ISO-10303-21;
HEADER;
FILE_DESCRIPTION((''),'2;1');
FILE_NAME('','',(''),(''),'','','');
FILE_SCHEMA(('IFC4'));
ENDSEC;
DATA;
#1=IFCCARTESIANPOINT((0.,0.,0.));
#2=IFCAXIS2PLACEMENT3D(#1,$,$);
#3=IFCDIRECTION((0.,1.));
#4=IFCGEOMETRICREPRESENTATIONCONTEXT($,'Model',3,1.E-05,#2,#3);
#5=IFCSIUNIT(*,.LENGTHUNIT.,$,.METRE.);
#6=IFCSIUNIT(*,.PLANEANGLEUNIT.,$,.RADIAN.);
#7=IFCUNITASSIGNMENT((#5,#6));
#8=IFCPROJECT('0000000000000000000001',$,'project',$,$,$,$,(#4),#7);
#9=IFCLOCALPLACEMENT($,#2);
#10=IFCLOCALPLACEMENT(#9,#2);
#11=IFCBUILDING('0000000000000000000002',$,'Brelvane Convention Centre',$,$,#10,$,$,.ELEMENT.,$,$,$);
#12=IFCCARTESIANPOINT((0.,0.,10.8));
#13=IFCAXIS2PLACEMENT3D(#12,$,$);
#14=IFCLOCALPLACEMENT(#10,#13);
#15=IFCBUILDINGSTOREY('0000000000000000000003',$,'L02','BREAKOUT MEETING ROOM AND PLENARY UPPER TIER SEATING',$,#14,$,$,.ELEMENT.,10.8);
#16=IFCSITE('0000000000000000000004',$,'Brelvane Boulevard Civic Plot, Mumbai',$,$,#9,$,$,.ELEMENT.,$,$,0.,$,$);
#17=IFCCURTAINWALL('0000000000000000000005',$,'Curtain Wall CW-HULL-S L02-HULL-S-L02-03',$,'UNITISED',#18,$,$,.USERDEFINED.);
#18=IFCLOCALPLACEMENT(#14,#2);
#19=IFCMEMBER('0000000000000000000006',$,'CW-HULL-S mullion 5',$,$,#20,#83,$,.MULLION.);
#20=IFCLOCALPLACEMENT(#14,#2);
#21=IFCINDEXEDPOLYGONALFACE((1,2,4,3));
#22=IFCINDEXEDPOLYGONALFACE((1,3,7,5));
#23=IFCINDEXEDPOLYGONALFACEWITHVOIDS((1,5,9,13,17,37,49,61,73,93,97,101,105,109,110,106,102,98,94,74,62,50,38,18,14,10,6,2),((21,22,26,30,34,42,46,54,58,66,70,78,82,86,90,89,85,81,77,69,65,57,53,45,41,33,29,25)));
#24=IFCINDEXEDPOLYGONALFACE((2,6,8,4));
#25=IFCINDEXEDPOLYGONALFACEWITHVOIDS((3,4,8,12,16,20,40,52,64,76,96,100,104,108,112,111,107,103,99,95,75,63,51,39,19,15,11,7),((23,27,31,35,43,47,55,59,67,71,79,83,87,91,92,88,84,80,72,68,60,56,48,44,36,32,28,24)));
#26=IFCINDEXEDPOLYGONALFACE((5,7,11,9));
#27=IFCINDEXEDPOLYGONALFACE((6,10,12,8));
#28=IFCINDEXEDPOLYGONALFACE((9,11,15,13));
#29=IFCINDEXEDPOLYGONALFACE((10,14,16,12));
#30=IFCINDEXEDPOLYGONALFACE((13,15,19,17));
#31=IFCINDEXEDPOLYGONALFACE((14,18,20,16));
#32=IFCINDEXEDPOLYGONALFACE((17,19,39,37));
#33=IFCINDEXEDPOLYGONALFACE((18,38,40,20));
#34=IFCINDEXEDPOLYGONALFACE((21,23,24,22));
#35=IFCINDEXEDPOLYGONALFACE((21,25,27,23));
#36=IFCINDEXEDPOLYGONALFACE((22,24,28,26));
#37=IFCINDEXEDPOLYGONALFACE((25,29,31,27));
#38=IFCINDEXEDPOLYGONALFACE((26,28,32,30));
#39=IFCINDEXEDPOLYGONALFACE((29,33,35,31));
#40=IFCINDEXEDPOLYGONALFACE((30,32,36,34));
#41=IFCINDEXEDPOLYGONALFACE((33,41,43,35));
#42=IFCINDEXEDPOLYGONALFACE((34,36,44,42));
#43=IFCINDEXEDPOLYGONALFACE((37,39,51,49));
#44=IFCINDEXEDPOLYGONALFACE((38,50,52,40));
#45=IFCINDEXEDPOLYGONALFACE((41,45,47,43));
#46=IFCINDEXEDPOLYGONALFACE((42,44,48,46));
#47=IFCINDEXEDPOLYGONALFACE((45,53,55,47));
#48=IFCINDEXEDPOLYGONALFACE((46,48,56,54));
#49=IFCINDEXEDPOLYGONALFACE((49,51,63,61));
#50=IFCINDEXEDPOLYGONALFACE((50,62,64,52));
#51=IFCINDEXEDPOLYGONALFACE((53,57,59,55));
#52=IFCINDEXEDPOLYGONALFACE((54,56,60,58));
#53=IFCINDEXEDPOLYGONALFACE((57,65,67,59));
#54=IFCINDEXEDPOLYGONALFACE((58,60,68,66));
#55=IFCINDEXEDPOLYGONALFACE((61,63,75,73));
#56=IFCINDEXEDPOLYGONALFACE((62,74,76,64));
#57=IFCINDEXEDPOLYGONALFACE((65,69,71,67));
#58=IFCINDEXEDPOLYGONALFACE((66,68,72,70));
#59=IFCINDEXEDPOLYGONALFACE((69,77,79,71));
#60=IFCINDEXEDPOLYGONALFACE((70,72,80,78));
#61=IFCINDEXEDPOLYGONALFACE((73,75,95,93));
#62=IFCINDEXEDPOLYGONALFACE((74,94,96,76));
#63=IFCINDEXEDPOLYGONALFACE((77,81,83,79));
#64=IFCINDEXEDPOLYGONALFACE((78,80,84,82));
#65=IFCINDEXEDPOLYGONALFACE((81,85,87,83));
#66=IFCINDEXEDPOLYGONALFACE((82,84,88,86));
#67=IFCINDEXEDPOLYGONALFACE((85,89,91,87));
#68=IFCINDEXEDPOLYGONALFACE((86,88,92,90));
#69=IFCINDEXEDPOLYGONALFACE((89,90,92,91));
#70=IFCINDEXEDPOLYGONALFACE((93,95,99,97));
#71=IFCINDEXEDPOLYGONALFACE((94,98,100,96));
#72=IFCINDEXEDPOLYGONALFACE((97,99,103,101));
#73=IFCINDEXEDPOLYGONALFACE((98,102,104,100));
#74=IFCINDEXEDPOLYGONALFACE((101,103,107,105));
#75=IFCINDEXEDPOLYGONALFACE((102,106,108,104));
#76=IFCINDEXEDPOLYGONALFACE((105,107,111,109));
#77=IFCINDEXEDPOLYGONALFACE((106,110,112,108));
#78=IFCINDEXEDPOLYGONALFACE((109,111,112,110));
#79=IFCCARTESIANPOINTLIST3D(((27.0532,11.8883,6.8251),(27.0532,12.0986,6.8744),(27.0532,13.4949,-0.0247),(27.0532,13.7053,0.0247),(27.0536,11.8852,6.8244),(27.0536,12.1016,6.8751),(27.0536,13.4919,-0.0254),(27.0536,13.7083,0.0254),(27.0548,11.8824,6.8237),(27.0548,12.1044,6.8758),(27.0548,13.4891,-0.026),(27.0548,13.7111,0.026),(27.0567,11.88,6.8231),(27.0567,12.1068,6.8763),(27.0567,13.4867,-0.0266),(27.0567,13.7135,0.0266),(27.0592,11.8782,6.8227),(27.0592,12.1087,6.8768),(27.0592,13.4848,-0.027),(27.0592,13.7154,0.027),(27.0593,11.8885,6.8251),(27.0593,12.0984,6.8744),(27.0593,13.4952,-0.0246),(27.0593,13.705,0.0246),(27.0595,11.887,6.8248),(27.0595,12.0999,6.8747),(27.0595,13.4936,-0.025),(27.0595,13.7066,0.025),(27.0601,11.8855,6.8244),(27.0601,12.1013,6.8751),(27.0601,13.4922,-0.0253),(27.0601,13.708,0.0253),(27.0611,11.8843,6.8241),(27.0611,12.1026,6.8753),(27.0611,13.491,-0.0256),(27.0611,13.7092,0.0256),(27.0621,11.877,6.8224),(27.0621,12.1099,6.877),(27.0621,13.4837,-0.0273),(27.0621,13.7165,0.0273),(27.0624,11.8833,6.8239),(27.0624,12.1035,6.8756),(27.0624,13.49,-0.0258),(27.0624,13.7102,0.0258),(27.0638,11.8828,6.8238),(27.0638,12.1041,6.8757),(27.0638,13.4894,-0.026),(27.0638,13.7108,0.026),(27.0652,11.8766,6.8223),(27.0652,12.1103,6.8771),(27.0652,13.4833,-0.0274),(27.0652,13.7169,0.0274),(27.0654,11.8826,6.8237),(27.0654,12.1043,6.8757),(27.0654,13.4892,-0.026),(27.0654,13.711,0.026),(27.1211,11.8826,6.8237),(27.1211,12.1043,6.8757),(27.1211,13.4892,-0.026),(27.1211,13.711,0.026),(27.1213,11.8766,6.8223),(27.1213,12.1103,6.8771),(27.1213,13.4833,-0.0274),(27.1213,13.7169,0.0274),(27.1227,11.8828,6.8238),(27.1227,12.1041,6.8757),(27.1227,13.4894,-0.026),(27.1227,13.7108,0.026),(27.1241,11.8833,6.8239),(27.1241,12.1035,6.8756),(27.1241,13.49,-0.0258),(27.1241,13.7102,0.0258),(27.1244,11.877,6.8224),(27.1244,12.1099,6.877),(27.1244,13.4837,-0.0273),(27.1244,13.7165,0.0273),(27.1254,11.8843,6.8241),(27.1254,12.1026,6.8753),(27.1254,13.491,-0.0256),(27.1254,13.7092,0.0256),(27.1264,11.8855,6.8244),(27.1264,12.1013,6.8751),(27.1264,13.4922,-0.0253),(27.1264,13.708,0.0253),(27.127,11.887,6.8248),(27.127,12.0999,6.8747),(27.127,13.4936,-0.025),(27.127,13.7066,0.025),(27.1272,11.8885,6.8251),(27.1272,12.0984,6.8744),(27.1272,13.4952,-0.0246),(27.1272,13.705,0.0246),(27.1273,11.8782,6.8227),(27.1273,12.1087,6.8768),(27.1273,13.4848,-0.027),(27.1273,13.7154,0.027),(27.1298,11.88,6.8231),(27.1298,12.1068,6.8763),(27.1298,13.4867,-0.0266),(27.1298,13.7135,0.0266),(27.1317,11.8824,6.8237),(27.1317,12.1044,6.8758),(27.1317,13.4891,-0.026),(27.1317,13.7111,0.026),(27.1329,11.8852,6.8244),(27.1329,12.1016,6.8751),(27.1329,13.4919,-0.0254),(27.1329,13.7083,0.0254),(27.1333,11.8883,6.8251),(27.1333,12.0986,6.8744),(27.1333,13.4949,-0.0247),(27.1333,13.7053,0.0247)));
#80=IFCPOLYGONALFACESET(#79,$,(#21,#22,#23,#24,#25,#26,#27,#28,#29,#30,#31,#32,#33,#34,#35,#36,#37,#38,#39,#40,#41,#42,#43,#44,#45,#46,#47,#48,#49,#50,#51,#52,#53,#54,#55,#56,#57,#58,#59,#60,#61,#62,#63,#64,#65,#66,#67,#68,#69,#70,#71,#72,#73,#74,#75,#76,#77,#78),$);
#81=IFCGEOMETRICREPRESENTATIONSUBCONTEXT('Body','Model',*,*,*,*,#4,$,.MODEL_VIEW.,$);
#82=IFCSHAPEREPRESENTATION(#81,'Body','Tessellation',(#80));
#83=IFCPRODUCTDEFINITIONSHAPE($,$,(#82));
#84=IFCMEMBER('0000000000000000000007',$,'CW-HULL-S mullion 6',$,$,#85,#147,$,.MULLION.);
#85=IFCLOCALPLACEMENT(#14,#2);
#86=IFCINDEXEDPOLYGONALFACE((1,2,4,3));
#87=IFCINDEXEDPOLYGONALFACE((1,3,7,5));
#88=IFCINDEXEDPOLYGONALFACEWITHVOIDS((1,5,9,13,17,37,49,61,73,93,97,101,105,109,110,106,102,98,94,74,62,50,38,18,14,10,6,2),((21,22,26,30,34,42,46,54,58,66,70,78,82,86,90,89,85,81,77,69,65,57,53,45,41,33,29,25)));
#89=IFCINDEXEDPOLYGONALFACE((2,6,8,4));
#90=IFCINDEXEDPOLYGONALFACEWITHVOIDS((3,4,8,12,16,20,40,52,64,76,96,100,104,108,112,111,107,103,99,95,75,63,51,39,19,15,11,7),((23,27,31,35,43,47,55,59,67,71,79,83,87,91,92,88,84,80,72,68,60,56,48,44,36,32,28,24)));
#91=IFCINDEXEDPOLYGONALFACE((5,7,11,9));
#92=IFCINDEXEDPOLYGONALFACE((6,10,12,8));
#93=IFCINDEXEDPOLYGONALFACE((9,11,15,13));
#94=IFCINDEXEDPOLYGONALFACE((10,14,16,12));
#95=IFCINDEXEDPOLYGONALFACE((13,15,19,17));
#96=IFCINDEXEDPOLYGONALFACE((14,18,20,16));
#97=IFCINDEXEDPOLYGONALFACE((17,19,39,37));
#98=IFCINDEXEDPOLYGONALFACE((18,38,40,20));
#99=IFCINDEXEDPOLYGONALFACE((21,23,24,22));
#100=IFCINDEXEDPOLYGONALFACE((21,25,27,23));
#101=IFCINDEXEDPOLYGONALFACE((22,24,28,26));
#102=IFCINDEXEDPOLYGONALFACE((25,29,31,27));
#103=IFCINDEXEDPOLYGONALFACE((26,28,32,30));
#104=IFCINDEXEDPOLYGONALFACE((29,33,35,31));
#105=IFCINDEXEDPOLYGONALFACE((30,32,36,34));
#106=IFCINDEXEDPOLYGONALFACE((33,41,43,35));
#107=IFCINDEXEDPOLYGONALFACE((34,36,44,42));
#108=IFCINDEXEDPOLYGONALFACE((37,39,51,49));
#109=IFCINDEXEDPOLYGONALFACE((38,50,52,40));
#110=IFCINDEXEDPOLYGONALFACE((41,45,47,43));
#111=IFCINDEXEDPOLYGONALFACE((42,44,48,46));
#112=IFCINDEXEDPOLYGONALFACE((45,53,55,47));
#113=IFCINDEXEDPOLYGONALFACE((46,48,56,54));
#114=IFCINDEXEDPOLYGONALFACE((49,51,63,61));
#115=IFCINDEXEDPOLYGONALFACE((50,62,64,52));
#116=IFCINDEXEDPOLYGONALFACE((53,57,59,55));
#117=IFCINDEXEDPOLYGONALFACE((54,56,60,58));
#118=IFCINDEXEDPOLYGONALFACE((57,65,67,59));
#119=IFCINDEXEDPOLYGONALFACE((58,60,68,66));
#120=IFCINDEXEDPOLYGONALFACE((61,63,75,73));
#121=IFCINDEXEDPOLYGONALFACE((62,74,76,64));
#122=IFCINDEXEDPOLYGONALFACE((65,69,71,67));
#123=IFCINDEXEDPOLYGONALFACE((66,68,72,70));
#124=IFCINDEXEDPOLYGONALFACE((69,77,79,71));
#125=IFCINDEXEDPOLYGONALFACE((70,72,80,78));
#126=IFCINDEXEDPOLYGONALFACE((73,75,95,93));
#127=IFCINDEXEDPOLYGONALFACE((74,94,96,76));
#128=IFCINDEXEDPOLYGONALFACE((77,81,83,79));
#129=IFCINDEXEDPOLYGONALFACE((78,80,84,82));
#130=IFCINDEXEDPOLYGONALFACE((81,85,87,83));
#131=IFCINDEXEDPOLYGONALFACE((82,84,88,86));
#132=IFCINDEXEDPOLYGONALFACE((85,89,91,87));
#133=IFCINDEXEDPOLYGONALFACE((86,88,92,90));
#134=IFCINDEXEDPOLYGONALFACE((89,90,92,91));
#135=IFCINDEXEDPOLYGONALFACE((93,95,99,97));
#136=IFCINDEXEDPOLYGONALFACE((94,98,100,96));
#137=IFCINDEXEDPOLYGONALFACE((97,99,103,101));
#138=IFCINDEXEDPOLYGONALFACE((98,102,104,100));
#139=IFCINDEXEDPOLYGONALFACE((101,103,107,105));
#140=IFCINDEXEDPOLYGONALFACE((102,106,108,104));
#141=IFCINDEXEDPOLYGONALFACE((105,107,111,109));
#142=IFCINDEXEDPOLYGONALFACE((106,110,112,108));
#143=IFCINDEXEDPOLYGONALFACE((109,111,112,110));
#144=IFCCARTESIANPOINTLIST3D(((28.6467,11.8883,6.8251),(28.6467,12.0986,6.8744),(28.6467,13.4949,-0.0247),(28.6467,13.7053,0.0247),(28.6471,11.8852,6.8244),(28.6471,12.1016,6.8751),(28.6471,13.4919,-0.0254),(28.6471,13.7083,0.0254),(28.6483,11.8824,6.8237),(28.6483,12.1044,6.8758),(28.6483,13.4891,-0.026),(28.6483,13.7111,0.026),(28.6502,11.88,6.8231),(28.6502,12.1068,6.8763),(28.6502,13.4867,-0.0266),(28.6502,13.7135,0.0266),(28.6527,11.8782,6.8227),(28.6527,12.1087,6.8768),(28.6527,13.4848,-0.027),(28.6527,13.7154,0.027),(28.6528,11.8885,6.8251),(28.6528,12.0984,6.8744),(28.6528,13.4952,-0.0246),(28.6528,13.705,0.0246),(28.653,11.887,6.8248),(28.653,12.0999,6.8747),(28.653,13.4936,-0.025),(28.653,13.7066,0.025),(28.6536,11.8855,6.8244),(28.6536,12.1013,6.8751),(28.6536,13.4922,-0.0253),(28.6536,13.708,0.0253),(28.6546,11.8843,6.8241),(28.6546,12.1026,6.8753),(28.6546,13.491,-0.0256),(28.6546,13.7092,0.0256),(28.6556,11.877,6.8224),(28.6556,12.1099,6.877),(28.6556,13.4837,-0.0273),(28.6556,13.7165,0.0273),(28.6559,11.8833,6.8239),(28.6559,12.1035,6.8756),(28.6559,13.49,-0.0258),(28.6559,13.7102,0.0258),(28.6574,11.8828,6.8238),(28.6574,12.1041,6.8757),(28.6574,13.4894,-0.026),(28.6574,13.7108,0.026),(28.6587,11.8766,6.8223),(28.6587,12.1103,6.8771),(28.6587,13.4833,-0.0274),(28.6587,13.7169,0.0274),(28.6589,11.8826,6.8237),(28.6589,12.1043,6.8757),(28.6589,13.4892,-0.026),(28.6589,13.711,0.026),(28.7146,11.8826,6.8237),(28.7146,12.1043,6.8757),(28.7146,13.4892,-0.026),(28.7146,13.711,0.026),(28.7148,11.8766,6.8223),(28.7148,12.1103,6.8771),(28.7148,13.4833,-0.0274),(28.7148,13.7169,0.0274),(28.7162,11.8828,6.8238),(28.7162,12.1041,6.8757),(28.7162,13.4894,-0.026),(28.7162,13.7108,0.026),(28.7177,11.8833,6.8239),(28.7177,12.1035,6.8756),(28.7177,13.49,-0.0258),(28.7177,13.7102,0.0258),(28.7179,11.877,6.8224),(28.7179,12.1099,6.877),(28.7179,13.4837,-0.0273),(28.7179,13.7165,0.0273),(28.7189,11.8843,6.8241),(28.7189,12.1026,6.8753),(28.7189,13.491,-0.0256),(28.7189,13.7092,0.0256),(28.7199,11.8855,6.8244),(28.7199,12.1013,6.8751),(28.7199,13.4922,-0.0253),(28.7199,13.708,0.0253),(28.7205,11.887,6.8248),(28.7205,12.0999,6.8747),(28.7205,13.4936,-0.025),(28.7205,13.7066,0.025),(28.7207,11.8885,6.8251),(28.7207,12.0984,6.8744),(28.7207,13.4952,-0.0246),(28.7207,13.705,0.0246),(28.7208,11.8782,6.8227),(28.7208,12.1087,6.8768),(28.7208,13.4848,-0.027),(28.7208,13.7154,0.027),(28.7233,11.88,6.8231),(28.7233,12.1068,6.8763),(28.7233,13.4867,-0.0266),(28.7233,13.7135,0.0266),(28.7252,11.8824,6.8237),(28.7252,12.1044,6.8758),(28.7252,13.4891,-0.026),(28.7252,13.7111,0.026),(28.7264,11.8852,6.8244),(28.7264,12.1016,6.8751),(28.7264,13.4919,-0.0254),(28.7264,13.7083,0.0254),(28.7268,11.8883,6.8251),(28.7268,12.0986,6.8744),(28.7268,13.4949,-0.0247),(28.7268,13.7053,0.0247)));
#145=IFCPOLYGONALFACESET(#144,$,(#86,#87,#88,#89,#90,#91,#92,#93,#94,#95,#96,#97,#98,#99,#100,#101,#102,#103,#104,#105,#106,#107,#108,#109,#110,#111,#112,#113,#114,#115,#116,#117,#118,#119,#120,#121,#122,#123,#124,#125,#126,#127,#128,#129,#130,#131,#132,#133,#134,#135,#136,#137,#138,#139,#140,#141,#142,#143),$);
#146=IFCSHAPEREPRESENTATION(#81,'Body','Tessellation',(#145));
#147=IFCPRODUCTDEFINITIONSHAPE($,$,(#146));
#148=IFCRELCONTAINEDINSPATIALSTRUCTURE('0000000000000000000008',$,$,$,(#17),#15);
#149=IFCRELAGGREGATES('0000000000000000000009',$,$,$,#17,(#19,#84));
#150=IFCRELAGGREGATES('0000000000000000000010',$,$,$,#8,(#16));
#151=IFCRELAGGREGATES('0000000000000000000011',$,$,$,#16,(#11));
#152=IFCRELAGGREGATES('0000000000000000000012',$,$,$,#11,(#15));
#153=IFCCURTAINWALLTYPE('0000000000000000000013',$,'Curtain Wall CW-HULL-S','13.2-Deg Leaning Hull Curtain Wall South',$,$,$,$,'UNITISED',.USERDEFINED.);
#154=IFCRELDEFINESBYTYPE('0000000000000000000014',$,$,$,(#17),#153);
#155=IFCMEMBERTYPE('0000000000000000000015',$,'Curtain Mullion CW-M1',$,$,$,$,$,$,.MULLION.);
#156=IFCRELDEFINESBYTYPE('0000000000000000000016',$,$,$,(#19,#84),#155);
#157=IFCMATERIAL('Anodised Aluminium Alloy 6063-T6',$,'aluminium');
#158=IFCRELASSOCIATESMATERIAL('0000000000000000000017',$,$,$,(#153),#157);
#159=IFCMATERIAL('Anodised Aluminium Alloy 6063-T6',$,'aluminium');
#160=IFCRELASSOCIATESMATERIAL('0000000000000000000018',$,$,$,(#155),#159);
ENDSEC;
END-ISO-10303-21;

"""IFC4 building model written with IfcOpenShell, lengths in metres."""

from ifc_helpers import new_model, si_unit, direction, frame, origin, origin_2d, place, context, subcontext, project, spatial, hollow_rectangle, extrude, material, material_profile, profile_set, type_object, element, aggregate, save


model = new_model("IFC4")

# Units and contexts
model_context = context("Model", 3, precision=1e-05, world=origin(), true_north=direction((0.0, 1.0)))
body_context = subcontext(model_context, "Body", "Model", "MODEL_VIEW")
ifc_project = project(units=[si_unit("LENGTHUNIT", "METRE"), si_unit("PLANEANGLEUNIT", "RADIAN")], contexts=[model_context])

# Site, building, storey
site_placement = place(None, origin())
site = spatial("IfcSite", under=ifc_project, at=site_placement, Name="Brelvane Boulevard Civic Plot, Mumbai", CompositionType="ELEMENT", RefElevation=0.0)
building_placement = place(site_placement, origin())
building = spatial("IfcBuilding", under=site, at=building_placement, Name="Brelvane Convention Centre", CompositionType="ELEMENT")
storey_placement = place(building_placement, frame((0.0, 0.0, 10.8)))
storey = spatial("IfcBuildingStorey", under=building, at=storey_placement, Name="L02", Description="BREAKOUT MEETING ROOM AND PLENARY UPPER TIER SEATING", CompositionType="ELEMENT", Elevation=10.8)

# Shared definitions
ifc_material_1 = material(Name="Anodised Aluminium Alloy 6063-T6", Category="aluminium")
curtain_wall_type = type_object("IfcCurtainWallType", Name="Curtain Wall CW-HULL-S", Description="13.2-Deg Leaning Hull Curtain Wall South", ElementType="UNITISED", PredefinedType="USERDEFINED", material=ifc_material_1)
ifc_material_2 = material(Name="Anodised Aluminium Alloy 6063-T6", Category="aluminium")
ifc_material_profile_1 = material_profile(ifc_material_2, hollow_rectangle(XDim=0.0801, YDim=0.24, WallThickness=0.0061, InnerFilletRadius=0.0061, OuterFilletRadius=0.012, at=origin_2d()), Name="ALU-M 240x80x6.0")
ifc_profile_set_1 = profile_set([ifc_material_profile_1], Name="Anodised Aluminium Alloy 6063-T6")
member_type_1 = type_object("IfcMemberType", Name="Curtain Mullion CW-M1", PredefinedType="MULLION", material=ifc_profile_set_1)

# Curtain wall, members
curtain_wall_1_placement = place(storey_placement, origin())
curtain_wall_1 = element("IfcCurtainWall", 1, at=curtain_wall_1_placement, inside=storey, type_object=curtain_wall_type, Name="Curtain Wall CW-HULL-S L02-HULL-S-L02-03", ObjectType="UNITISED", PredefinedType="USERDEFINED")
member_1_placement = place(storey_placement, frame((27.0933, 13.6001, 0.0), z_axis=(0.0, -0.22836, 0.973577), x_axis=(1.0, 0.0, 0.0)))
member_1 = element("IfcMember", 2, at=member_1_placement, type_object=member_type_1, Name="CW-HULL-S mullion 5", PredefinedType="MULLION", context=body_context, shape_type="SweptSolid", body=[
    extrude(hollow_rectangle(XDim=0.0801, YDim=0.24, WallThickness=0.0061, InnerFilletRadius=0.0061, OuterFilletRadius=0.012, at=origin_2d()), origin(), (0.0, 0.0, 1.0), 7.0356),
])
member_2_placement = place(storey_placement, frame((28.6868, 13.6001, 0.0), z_axis=(0.0, -0.22836, 0.973577), x_axis=(1.0, 0.0, 0.0)))
member_2 = element("IfcMember", 3, at=member_2_placement, type_object=member_type_1, Name="CW-HULL-S mullion 6", PredefinedType="MULLION", context=body_context, shape_type="SweptSolid", body=[
    extrude(hollow_rectangle(XDim=0.0801, YDim=0.24, WallThickness=0.0061, InnerFilletRadius=0.0061, OuterFilletRadius=0.012, at=origin_2d()), origin(), (0.0, 0.0, 1.0), 7.0356),
])

aggregate(curtain_wall_1, [member_1, member_2])

save(model, "model.ifc")
